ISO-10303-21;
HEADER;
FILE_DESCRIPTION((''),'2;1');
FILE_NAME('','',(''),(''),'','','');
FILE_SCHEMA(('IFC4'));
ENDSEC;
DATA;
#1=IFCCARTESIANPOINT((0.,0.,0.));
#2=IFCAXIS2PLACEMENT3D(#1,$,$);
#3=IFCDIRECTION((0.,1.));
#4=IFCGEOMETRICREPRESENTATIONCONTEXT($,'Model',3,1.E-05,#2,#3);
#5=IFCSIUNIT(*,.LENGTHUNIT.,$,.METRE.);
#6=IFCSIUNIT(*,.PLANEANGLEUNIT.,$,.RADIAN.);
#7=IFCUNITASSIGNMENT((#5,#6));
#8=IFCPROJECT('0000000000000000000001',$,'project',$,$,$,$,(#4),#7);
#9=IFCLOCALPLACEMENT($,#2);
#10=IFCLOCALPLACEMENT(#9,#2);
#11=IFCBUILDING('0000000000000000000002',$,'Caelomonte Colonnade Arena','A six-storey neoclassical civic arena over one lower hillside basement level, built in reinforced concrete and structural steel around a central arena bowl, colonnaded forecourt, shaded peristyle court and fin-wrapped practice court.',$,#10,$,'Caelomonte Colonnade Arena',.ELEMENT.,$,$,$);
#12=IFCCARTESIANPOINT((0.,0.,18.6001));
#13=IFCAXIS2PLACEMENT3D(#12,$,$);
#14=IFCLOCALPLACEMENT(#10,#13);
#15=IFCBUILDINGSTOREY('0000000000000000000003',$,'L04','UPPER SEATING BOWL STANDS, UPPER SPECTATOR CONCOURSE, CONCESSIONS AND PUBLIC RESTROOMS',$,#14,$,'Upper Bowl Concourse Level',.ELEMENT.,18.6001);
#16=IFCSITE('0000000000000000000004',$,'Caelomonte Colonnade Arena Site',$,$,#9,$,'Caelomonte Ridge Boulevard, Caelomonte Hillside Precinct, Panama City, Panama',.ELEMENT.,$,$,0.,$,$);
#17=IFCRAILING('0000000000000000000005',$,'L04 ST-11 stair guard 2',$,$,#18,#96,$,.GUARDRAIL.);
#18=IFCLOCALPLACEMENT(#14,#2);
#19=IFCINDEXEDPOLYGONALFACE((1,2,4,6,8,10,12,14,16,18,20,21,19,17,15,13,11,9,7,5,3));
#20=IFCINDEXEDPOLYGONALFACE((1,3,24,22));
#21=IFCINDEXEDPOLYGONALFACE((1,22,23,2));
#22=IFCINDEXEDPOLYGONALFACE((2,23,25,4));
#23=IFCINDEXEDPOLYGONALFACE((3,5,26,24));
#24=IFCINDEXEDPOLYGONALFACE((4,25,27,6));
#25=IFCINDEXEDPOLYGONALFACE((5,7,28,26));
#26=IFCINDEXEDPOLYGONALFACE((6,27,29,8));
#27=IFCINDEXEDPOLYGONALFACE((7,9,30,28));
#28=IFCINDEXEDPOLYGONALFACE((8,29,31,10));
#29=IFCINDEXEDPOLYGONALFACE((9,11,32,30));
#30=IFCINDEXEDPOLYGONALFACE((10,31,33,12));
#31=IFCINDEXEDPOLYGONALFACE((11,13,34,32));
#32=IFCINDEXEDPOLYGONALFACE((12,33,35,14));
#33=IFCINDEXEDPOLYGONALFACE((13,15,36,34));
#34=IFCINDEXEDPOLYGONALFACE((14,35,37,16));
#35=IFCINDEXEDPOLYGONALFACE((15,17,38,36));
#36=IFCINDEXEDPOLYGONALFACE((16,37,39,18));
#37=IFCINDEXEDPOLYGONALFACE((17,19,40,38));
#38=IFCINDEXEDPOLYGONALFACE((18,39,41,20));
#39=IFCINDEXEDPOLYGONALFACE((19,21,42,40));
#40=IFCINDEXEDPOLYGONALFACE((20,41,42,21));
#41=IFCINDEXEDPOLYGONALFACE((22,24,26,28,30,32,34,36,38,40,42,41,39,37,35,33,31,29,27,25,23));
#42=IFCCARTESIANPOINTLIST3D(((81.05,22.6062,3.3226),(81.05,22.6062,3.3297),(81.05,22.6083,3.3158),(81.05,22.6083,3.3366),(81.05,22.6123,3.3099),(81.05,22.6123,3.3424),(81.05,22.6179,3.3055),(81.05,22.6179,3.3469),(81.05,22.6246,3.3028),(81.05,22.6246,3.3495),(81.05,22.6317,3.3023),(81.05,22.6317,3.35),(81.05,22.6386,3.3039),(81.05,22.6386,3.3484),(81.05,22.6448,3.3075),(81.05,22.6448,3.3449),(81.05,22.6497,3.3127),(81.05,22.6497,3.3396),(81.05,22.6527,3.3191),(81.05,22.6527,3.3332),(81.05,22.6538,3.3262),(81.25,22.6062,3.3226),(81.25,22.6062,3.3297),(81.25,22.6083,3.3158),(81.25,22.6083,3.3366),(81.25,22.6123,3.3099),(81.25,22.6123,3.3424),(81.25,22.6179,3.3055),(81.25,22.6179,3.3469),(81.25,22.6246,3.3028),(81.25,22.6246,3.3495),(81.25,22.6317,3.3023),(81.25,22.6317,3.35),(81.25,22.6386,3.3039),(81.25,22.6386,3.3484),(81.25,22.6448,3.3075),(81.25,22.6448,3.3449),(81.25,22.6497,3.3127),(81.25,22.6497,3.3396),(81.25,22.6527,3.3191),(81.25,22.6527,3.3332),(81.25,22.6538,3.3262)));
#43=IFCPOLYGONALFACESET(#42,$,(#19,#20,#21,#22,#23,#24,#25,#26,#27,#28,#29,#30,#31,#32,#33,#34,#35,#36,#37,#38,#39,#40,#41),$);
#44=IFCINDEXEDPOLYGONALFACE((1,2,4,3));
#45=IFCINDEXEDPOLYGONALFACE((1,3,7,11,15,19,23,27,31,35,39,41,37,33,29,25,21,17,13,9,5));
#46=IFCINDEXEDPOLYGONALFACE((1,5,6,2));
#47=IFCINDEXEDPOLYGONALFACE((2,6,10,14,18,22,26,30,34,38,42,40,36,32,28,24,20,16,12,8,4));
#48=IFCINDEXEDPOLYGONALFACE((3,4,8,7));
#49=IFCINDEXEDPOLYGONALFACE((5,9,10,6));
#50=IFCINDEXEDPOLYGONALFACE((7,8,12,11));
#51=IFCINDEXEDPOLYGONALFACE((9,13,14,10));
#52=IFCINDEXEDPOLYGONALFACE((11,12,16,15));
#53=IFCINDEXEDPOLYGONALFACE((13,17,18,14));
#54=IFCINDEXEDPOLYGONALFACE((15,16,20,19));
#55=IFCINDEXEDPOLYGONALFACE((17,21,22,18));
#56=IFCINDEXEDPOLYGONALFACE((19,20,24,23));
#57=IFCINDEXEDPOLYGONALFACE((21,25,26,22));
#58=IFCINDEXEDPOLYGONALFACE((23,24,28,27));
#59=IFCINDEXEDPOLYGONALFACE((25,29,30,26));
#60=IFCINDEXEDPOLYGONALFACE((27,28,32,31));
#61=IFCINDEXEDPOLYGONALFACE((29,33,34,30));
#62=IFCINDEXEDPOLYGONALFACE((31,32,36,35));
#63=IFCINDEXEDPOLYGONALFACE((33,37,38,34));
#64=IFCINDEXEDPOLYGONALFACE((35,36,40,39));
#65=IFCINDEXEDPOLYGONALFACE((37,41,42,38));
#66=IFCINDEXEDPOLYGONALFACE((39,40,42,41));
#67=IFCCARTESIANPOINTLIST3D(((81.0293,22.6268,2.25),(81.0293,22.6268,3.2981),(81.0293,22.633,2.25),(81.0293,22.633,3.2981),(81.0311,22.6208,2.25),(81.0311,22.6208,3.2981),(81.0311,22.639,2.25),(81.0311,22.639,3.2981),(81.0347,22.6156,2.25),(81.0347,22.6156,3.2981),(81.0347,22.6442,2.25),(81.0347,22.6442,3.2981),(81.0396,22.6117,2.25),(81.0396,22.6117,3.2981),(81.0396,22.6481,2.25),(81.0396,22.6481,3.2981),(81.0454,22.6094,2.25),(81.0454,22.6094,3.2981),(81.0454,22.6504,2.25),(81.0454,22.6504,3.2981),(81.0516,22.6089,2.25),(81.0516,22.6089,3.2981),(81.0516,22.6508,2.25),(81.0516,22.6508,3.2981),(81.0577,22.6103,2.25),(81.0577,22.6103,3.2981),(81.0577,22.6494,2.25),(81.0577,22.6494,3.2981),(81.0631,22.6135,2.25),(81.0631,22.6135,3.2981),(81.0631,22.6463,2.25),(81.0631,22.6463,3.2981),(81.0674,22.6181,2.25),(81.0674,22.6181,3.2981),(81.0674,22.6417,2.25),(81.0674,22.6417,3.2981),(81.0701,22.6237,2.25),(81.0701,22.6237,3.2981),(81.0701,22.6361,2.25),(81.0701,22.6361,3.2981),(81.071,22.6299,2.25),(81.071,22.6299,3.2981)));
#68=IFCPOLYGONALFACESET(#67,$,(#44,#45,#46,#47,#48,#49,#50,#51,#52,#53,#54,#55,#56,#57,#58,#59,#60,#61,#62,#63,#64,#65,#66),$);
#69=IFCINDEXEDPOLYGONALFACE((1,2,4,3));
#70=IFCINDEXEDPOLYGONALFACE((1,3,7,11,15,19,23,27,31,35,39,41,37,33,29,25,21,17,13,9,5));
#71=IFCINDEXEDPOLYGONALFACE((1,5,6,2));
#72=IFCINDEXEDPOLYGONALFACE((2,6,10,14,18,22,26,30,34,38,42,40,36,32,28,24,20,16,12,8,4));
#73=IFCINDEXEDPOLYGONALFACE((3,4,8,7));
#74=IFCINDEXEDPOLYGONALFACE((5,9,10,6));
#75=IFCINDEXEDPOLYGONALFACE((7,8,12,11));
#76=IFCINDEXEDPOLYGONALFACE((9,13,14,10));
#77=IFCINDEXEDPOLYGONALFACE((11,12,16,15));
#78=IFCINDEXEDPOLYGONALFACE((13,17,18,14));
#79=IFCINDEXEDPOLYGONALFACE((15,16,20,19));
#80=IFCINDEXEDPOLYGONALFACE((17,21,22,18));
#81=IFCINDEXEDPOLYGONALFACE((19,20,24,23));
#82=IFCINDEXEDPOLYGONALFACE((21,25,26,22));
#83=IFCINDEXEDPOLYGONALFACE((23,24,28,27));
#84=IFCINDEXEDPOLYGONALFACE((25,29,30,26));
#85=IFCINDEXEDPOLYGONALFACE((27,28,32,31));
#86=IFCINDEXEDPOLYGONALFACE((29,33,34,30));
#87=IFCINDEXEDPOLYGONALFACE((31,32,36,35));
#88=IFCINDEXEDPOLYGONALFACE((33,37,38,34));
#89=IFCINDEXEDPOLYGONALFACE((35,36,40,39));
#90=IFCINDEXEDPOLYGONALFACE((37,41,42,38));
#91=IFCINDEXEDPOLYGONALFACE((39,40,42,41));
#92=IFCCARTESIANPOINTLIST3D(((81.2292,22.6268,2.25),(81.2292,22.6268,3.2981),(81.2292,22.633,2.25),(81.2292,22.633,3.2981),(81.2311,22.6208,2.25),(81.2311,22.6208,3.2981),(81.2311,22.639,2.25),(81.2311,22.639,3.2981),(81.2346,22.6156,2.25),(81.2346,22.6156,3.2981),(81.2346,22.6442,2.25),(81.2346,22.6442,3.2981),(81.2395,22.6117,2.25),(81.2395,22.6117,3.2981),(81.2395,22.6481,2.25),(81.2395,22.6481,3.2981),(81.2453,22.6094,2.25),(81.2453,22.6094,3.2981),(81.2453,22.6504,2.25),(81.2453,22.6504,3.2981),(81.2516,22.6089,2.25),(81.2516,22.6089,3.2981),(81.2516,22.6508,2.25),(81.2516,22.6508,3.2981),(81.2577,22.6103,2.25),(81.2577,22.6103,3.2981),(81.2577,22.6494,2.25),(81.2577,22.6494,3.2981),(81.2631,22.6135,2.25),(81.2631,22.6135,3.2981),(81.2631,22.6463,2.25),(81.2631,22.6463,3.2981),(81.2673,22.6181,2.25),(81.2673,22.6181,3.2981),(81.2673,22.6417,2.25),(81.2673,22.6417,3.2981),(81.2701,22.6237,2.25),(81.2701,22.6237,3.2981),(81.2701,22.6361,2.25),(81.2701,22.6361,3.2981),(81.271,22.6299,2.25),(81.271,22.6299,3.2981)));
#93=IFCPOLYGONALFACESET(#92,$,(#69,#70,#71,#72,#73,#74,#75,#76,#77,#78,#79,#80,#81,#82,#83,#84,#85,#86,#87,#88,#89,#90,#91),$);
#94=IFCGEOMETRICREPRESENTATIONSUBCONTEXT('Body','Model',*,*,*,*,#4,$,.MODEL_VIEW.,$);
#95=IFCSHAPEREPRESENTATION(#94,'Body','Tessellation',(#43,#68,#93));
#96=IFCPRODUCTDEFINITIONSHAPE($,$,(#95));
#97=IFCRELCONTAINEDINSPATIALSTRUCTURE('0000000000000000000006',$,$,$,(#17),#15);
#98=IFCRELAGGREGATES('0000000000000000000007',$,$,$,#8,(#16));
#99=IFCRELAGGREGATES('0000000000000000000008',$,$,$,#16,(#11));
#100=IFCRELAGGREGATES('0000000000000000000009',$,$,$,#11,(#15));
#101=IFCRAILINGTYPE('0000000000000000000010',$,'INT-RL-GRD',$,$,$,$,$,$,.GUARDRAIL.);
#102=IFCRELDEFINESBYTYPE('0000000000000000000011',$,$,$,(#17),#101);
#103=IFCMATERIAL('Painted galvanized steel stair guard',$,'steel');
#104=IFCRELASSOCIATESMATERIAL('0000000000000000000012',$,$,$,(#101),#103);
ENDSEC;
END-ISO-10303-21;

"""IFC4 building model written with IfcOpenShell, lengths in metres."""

from ifc_helpers import new_model, si_unit, direction, frame, origin, origin_2d, place, context, subcontext, project, spatial, circle, extrude, material, type_object, element, save


model = new_model("IFC4")

# Units and contexts
model_context = context("Model", 3, precision=1e-05, world=origin(), true_north=direction((0.0, 1.0)))
body_context = subcontext(model_context, "Body", "Model", "MODEL_VIEW")
ifc_project = project(units=[si_unit("LENGTHUNIT", "METRE"), si_unit("PLANEANGLEUNIT", "RADIAN")], contexts=[model_context])

# Site, building, storey
site_placement = place(None, origin())
site = spatial("IfcSite", under=ifc_project, at=site_placement, Name="Caelomonte Colonnade Arena Site", LongName="Caelomonte Ridge Boulevard, Caelomonte Hillside Precinct, Panama City, Panama", CompositionType="ELEMENT", RefElevation=0.0)
building_placement = place(site_placement, origin())
building = spatial("IfcBuilding", under=site, at=building_placement, Name="Caelomonte Colonnade Arena", Description="A six-storey neoclassical civic arena over one lower hillside basement level, built in reinforced concrete and structural steel around a central arena bowl, colonnaded forecourt, shaded peristyle court and fin-wrapped practice court.", LongName="Caelomonte Colonnade Arena", CompositionType="ELEMENT")
storey_placement = place(building_placement, frame((0.0, 0.0, 18.6001)))
storey = spatial("IfcBuildingStorey", under=building, at=storey_placement, Name="L04", Description="UPPER SEATING BOWL STANDS, UPPER SPECTATOR CONCOURSE, CONCESSIONS AND PUBLIC RESTROOMS", LongName="Upper Bowl Concourse Level", CompositionType="ELEMENT", Elevation=18.6001)

# Railing
ifc_material_1 = material(Name="Painted galvanized steel stair guard", Category="steel")
railing_type_1 = type_object("IfcRailingType", Name="INT-RL-GRD", PredefinedType="GUARDRAIL", material=ifc_material_1)
railing_1_placement = place(storey_placement, frame((81.05, 22.6299, 2.25)))
element("IfcRailing", 1, at=railing_1_placement, inside=storey, type_object=railing_type_1, Name="L04 ST-11 stair guard 2", PredefinedType="GUARDRAIL", context=body_context, shape_type="SweptSolid", body=[
    extrude(circle(Radius=0.0239, at=origin_2d()), frame((0.0, 0.0, 1.0762), z_axis=(1.0, 0.0, 0.0), x_axis=(0.0, 1.0, 0.0)), (0.0, 0.0, 1.0), 0.2),
    extrude(circle(Radius=0.021, at=origin_2d()), origin(), (0.0, 0.0, 1.0), 1.0481),
    extrude(circle(Radius=0.021, at=origin_2d()), frame((0.2, 0.0, 0.0)), (0.0, 0.0, 1.0), 1.0481),
])

save(model, "model.ifc")
